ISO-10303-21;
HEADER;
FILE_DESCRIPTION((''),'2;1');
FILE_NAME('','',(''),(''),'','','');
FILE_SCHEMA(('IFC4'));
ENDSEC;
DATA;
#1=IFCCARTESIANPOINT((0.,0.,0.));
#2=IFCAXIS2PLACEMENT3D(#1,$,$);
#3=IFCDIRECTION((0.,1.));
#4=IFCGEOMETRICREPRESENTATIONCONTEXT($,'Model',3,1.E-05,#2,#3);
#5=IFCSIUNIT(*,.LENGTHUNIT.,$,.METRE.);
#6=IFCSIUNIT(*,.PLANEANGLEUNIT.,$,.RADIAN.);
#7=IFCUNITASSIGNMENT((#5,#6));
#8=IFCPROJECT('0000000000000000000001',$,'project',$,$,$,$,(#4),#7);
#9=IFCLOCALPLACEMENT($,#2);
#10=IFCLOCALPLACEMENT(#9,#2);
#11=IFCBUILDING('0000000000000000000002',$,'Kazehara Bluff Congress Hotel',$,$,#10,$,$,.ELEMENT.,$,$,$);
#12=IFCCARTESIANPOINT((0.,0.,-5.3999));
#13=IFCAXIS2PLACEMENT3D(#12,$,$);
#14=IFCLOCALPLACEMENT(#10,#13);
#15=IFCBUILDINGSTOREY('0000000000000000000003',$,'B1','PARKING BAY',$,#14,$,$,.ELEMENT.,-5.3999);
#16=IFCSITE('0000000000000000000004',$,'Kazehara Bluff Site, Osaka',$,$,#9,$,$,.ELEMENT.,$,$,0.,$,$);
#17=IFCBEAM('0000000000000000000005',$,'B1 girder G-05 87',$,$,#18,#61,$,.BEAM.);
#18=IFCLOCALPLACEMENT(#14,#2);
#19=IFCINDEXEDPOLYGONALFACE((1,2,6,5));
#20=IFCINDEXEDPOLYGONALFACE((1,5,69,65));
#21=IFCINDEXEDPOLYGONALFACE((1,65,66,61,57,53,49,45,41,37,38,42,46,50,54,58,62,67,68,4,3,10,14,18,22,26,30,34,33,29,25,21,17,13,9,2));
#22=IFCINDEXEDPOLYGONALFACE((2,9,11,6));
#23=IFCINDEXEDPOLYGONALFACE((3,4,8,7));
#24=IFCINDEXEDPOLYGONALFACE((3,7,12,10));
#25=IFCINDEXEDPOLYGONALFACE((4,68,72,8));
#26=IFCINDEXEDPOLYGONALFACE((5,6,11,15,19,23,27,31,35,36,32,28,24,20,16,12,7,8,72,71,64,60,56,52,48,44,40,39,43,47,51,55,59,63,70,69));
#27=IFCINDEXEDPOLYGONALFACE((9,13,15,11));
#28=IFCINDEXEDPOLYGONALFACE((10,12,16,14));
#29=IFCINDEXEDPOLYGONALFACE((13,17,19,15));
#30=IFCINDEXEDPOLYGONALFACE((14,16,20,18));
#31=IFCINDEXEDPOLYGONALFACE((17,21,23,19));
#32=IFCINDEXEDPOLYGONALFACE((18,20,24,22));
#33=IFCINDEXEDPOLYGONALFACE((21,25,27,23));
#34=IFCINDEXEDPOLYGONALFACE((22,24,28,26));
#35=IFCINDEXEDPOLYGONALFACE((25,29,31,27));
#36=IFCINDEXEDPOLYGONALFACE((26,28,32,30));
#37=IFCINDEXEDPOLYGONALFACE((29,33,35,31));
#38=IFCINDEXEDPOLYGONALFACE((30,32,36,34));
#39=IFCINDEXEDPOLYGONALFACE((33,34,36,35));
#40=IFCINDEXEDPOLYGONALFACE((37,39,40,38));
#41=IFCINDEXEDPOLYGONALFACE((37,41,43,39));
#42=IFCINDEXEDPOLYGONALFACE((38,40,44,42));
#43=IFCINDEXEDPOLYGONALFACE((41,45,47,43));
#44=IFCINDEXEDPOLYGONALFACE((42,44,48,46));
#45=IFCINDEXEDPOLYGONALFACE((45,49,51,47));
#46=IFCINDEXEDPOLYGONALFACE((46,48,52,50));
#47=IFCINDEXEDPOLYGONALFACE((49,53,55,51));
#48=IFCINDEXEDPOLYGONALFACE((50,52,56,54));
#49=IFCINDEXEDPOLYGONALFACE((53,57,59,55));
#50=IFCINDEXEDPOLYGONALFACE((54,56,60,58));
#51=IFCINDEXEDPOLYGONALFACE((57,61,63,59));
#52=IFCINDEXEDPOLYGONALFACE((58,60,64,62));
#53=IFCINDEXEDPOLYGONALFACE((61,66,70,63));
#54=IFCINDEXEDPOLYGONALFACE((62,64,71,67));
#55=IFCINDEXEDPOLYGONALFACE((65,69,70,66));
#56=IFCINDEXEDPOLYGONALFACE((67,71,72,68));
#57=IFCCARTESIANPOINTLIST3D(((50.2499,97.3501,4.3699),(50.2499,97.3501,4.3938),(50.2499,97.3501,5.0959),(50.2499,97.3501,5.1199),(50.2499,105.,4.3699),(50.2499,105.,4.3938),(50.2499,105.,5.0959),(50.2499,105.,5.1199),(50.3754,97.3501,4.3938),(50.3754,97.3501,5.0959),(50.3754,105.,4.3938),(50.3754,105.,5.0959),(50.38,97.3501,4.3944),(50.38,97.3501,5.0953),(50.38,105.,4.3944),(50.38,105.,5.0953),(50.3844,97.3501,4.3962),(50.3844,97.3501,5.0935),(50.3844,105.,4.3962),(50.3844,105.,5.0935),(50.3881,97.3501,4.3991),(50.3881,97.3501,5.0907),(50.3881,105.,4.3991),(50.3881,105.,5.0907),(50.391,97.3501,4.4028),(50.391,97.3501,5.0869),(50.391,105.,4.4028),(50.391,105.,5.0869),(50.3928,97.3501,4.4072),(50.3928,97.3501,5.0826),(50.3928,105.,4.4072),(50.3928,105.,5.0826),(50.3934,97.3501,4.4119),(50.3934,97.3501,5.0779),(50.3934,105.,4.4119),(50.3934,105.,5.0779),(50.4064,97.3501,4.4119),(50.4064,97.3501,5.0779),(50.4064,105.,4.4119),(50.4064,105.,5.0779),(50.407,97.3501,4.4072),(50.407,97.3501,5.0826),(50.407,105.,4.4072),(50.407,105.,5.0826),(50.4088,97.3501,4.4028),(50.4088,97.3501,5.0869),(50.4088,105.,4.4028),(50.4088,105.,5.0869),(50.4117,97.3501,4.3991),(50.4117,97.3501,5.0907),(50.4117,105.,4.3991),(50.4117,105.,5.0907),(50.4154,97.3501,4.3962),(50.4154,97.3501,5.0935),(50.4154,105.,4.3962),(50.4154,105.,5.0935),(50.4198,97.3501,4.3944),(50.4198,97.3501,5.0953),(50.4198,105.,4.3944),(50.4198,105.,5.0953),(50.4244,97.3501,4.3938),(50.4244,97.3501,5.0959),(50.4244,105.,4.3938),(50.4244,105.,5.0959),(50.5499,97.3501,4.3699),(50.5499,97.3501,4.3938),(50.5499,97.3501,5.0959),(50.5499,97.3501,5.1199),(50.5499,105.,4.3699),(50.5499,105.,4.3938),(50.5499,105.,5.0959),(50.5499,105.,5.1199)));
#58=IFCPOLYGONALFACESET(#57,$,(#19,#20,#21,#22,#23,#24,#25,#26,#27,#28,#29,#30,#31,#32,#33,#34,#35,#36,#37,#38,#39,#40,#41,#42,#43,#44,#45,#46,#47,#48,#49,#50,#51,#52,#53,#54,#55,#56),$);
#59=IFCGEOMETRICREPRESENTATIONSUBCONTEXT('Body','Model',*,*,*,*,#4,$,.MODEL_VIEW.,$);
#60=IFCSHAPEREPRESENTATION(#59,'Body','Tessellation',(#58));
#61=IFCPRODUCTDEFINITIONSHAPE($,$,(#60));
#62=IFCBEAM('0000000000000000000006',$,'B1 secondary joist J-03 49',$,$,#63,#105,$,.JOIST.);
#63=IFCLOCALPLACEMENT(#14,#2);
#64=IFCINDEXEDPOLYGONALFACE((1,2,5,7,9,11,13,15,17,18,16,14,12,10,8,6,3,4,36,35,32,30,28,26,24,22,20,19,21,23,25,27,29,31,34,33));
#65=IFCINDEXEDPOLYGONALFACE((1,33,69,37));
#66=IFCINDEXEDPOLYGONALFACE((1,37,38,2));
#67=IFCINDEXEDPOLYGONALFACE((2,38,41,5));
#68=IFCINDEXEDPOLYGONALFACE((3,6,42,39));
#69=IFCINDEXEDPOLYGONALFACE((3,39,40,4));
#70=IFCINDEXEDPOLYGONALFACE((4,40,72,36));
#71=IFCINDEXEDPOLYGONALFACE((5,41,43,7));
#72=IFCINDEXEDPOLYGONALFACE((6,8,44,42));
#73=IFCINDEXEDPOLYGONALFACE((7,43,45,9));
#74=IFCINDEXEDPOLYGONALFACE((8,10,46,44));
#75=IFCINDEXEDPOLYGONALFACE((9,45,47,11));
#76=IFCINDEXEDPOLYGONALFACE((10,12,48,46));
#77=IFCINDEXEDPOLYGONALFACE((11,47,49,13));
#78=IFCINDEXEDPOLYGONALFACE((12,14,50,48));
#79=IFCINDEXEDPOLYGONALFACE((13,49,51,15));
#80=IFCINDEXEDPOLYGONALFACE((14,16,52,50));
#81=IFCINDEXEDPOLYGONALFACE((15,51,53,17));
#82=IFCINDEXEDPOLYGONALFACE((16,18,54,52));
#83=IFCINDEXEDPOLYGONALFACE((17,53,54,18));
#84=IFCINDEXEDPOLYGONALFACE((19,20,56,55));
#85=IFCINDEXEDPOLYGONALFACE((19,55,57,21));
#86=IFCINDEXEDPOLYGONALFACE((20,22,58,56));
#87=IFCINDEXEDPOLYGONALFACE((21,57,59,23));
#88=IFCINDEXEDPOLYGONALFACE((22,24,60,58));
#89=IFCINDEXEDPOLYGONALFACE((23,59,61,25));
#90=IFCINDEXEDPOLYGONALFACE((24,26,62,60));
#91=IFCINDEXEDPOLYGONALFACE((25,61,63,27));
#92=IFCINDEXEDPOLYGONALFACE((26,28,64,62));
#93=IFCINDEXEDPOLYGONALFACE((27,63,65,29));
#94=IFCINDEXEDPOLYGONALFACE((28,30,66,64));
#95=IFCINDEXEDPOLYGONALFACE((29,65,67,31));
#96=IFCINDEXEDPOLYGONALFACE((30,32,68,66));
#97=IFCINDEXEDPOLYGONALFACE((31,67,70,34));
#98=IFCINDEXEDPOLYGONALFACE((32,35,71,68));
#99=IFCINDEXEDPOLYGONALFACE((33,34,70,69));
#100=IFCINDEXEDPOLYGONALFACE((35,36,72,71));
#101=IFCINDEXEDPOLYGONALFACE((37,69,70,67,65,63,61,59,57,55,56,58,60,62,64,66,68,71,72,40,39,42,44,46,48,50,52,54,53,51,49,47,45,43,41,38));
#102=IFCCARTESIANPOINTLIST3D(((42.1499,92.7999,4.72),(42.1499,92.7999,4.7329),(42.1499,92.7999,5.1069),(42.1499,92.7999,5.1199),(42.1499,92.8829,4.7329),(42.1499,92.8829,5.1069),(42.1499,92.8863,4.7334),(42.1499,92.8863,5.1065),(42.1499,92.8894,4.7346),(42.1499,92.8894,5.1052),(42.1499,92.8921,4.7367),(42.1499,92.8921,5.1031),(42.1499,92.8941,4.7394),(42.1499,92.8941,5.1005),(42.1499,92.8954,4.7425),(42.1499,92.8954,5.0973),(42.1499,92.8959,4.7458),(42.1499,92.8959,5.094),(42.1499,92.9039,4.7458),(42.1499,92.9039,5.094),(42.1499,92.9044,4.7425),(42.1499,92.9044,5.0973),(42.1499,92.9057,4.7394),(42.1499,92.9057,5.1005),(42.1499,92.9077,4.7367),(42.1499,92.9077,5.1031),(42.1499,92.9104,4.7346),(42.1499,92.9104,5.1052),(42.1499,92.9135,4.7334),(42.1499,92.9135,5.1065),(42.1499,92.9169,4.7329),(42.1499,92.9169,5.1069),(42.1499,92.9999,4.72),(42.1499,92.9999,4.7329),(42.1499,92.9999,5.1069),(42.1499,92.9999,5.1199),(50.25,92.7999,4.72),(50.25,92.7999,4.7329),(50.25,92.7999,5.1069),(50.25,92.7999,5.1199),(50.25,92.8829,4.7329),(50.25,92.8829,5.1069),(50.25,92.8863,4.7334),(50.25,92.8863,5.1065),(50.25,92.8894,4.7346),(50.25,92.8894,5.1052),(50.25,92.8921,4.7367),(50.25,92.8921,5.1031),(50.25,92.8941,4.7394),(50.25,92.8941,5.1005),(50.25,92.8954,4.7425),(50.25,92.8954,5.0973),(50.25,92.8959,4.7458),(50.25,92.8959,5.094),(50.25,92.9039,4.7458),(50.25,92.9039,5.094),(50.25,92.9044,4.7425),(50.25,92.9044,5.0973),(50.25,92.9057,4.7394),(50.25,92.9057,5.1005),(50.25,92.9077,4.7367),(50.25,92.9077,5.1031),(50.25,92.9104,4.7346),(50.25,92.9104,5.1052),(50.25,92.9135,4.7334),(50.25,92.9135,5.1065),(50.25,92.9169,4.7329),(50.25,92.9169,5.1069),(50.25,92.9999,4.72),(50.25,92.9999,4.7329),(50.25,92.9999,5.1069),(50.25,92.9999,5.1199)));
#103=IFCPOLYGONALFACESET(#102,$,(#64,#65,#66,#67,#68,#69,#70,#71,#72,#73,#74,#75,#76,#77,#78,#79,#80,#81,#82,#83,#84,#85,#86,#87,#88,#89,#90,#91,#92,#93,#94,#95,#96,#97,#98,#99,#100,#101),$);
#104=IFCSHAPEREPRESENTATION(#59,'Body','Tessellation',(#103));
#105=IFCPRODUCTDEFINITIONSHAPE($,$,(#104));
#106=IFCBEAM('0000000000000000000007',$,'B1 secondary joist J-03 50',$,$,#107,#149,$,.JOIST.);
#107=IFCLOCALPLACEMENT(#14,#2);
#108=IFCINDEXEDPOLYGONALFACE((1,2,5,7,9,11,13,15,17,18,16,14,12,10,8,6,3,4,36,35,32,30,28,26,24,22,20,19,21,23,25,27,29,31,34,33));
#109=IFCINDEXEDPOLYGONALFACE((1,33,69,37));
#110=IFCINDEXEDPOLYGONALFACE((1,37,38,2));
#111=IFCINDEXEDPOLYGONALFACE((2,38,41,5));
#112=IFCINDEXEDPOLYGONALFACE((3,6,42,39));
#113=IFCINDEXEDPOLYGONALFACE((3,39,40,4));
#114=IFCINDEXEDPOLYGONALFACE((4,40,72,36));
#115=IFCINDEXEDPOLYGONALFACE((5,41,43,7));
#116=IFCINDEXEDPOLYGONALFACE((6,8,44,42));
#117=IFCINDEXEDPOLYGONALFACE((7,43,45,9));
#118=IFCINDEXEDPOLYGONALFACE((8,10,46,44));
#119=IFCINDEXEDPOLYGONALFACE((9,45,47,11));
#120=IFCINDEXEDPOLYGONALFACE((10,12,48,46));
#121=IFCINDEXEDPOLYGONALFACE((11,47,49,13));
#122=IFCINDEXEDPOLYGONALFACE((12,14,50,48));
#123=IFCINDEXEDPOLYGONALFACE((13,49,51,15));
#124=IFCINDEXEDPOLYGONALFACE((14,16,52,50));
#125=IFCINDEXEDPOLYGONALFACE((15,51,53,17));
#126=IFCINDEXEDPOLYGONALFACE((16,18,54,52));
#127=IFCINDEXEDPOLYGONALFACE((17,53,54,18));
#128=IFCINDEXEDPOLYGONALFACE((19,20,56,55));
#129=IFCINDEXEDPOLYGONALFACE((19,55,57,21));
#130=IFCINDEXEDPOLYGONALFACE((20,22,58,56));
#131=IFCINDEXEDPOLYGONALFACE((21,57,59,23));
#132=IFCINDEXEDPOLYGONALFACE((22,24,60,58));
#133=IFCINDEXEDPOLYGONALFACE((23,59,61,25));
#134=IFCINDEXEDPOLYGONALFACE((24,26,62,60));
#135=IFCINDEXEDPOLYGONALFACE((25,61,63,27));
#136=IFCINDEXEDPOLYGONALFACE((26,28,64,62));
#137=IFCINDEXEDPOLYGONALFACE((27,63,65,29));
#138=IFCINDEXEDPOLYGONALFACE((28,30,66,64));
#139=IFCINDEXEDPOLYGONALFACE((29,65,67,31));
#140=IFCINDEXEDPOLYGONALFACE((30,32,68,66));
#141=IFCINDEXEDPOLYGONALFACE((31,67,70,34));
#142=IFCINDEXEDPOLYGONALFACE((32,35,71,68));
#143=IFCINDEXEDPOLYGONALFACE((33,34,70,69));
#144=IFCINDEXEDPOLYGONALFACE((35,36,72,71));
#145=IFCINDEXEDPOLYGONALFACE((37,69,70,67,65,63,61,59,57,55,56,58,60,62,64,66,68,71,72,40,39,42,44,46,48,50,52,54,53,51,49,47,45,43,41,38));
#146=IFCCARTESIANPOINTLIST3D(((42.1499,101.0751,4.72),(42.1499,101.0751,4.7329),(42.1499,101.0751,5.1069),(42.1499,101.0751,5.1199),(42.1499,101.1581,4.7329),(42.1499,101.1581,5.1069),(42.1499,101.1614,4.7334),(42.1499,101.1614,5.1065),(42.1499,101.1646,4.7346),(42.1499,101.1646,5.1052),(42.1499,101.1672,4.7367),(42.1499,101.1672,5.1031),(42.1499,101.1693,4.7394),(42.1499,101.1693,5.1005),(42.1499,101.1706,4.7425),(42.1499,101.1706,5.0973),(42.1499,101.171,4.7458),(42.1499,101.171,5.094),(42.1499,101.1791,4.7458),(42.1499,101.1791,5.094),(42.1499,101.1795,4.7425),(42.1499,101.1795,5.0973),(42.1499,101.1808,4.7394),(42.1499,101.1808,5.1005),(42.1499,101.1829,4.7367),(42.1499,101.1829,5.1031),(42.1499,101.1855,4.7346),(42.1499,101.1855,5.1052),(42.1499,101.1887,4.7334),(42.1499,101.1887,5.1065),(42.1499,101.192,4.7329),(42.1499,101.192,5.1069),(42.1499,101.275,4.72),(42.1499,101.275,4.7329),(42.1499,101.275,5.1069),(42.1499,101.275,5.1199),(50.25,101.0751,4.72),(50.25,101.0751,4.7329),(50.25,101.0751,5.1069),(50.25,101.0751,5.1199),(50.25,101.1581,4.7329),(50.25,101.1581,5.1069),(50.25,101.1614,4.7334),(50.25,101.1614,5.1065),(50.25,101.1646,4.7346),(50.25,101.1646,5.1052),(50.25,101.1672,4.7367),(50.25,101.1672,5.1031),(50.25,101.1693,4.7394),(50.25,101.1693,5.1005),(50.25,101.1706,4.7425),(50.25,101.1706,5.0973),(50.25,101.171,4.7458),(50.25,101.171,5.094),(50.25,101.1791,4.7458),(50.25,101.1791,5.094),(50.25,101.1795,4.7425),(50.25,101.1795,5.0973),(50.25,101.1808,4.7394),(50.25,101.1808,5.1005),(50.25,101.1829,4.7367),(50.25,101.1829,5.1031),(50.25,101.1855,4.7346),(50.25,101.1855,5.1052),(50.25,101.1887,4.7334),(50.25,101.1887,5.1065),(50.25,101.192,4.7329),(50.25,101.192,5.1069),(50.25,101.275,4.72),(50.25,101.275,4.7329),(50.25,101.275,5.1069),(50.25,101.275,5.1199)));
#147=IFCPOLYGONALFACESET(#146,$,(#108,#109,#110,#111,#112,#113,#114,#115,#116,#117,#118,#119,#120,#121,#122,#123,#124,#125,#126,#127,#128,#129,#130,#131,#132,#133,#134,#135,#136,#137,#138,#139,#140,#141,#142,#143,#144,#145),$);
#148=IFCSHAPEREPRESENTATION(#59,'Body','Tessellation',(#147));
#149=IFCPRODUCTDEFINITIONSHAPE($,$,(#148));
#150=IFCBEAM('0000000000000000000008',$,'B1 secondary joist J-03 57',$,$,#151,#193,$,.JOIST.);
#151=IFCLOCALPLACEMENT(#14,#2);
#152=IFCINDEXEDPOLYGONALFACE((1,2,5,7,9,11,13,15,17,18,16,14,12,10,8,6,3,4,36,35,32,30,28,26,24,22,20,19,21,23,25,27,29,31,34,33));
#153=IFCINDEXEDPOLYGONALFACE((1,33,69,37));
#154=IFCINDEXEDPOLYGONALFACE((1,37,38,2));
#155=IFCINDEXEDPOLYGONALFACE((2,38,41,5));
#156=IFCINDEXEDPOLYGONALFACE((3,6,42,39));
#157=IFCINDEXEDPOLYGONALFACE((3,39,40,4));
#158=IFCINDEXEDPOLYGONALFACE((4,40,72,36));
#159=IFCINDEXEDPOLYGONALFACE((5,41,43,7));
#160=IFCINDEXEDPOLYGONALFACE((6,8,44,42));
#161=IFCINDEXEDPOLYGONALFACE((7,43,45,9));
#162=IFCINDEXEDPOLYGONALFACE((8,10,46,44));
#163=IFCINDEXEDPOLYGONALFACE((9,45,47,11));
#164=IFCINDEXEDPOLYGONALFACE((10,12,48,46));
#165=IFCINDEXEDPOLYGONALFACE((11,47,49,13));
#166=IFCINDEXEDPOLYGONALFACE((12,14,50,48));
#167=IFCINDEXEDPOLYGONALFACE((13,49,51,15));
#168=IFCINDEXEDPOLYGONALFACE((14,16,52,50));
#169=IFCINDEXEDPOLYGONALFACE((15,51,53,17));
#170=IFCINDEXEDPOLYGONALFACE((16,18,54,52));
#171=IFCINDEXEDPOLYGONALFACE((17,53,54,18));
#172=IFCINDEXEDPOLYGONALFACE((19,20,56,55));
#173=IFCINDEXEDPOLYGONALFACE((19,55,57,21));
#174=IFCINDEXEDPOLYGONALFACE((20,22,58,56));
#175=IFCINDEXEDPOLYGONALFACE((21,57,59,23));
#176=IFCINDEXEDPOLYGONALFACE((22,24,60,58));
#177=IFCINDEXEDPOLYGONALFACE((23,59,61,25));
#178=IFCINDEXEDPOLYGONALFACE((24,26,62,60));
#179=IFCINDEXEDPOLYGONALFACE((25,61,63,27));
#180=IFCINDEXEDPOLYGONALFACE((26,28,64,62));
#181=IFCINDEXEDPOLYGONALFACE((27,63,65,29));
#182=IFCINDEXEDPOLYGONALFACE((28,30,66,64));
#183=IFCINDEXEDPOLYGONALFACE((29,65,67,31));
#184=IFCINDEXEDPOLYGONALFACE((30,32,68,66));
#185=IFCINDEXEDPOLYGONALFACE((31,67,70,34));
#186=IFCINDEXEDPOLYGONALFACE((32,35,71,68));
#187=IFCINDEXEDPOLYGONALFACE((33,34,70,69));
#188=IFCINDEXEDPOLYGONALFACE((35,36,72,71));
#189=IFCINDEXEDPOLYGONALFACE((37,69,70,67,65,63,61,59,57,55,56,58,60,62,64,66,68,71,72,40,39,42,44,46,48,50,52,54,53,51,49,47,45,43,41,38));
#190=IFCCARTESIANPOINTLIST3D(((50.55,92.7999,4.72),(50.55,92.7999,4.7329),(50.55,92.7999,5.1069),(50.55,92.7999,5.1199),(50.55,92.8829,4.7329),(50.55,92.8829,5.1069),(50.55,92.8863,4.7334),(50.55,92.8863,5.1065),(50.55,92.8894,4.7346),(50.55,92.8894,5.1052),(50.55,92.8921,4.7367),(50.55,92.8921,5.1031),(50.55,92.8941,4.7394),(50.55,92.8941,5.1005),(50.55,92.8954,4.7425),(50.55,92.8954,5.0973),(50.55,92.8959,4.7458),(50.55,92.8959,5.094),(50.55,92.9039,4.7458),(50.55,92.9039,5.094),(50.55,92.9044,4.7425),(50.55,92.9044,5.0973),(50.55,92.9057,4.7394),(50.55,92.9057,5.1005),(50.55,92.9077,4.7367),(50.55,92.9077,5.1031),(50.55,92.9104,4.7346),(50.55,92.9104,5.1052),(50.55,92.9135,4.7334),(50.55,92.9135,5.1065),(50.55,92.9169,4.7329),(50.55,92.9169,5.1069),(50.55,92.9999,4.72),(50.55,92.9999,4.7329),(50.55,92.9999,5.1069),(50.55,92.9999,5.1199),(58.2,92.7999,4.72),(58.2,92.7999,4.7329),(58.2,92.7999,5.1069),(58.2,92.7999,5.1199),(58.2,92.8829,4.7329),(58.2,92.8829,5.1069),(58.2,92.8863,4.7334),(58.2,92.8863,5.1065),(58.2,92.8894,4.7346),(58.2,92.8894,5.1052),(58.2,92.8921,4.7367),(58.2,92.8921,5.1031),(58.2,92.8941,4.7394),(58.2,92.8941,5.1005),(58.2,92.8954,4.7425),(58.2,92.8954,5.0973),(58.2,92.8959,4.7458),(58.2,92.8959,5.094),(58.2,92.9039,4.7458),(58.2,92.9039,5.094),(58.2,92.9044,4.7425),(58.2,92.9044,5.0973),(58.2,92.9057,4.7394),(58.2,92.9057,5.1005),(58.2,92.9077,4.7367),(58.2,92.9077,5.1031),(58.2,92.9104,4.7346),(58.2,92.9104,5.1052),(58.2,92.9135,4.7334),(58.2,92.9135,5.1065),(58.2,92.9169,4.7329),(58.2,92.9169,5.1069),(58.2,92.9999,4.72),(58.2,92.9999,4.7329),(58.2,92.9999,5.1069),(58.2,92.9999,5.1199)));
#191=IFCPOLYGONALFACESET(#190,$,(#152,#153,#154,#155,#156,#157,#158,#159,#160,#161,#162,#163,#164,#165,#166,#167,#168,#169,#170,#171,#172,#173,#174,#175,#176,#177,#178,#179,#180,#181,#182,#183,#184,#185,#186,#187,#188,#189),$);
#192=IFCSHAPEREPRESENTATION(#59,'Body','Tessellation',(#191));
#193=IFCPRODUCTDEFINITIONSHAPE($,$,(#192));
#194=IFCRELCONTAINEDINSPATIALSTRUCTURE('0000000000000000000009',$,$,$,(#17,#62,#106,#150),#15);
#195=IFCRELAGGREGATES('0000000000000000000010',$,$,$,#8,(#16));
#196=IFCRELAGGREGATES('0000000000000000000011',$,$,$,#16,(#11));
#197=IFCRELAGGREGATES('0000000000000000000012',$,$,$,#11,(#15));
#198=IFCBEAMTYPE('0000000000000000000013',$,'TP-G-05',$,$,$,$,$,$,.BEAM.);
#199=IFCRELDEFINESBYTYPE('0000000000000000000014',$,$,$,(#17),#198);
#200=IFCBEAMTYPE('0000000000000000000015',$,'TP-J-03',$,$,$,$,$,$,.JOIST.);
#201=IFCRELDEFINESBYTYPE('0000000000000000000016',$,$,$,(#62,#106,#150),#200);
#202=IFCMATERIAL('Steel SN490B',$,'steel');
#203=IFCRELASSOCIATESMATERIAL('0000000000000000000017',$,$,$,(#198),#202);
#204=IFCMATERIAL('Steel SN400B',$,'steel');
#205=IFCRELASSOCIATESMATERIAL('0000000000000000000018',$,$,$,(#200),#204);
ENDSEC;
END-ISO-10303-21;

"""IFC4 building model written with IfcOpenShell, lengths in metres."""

from ifc_helpers import new_model, si_unit, direction, frame, origin, origin_2d, place, context, subcontext, project, spatial, i_section, extrude, material, material_profile, profile_set, type_object, element, save


model = new_model("IFC4")

# Units and contexts
model_context = context("Model", 3, precision=1e-05, world=origin(), true_north=direction((0.0, 1.0)))
body_context = subcontext(model_context, "Body", "Model", "MODEL_VIEW")
ifc_project = project(units=[si_unit("LENGTHUNIT", "METRE"), si_unit("PLANEANGLEUNIT", "RADIAN")], contexts=[model_context])

# Site, building, storey
site_placement = place(None, origin())
site = spatial("IfcSite", under=ifc_project, at=site_placement, Name="Kazehara Bluff Site, Osaka", CompositionType="ELEMENT", RefElevation=0.0)
building_placement = place(site_placement, origin())
building = spatial("IfcBuilding", under=site, at=building_placement, Name="Kazehara Bluff Congress Hotel", CompositionType="ELEMENT")
storey_placement = place(building_placement, frame((0.0, 0.0, -5.3999)))
storey = spatial("IfcBuildingStorey", under=building, at=storey_placement, Name="B1", Description="PARKING BAY", CompositionType="ELEMENT", Elevation=-5.3999)

# Beams
ifc_material_1 = material(Name="Steel SN490B", Category="steel")
ifc_material_profile_1 = material_profile(ifc_material_1, i_section(OverallWidth=0.3, OverallDepth=0.75, WebThickness=0.0129, FlangeThickness=0.0239, FilletRadius=0.0181, at=origin_2d()))
ifc_profile_set_1 = profile_set([ifc_material_profile_1], Name="Steel SN490B")
beam_type_1 = type_object("IfcBeamType", Name="TP-G-05", PredefinedType="BEAM", material=ifc_profile_set_1)
beam_1_placement = place(storey_placement, frame((50.3999, 97.3501, 4.7449), z_axis=(0.0, 1.0, 0.0), x_axis=(-1.0, 0.0, 0.0)))
element("IfcBeam", 1, at=beam_1_placement, inside=storey, type_object=beam_type_1, Name="B1 girder G-05 87", PredefinedType="BEAM", context=body_context, shape_type="SweptSolid", body=[
    extrude(i_section(OverallWidth=0.3, OverallDepth=0.75, WebThickness=0.0129, FlangeThickness=0.0239, FilletRadius=0.0181, at=origin_2d()), origin(), (0.0, 0.0, 1.0), 7.6499),
])
ifc_material_2 = material(Name="Steel SN400B", Category="steel")
ifc_material_profile_2 = material_profile(ifc_material_2, i_section(OverallWidth=0.2, OverallDepth=0.3999, WebThickness=0.0081, FlangeThickness=0.0129, FilletRadius=0.0129, at=origin_2d()))
ifc_profile_set_2 = profile_set([ifc_material_profile_2], Name="Steel SN400B")
beam_type_2 = type_object("IfcBeamType", Name="TP-J-03", PredefinedType="JOIST", material=ifc_profile_set_2)
for number, where, z_axis, x_axis, name in (
    (2, (42.1499, 92.8999, 4.9199), (1.0, 0.0, 0.0), (0.0, 1.0, 0.0), "B1 secondary joist J-03 49"),
    (3, (42.1499, 101.175, 4.9199), (1.0, 0.0, 0.0), (0.0, 1.0, 0.0), "B1 secondary joist J-03 50"),
):
    element("IfcBeam", number, at=place(storey_placement, frame(where, z_axis=z_axis, x_axis=x_axis)), inside=storey, type_object=beam_type_2, Name=name, PredefinedType="JOIST", context=body_context, shape_type="SweptSolid", body=[
        extrude(i_section(OverallWidth=0.2, OverallDepth=0.3999, WebThickness=0.0081, FlangeThickness=0.0129, FilletRadius=0.0129, at=origin_2d()), origin(), (0.0, 0.0, 1.0), 8.1001),
    ])
for number, where, z_axis, x_axis, name in (
    (4, (50.55, 92.8999, 4.9199), (1.0, 0.0, 0.0), (0.0, 1.0, 0.0), "B1 secondary joist J-03 57"),
):
    element("IfcBeam", number, at=place(storey_placement, frame(where, z_axis=z_axis, x_axis=x_axis)), inside=storey, type_object=beam_type_2, Name=name, PredefinedType="JOIST", context=body_context, shape_type="SweptSolid", body=[
        extrude(i_section(OverallWidth=0.2, OverallDepth=0.3999, WebThickness=0.0081, FlangeThickness=0.0129, FilletRadius=0.0129, at=origin_2d()), origin(), (0.0, 0.0, 1.0), 7.6499),
    ])

save(model, "model.ifc")
